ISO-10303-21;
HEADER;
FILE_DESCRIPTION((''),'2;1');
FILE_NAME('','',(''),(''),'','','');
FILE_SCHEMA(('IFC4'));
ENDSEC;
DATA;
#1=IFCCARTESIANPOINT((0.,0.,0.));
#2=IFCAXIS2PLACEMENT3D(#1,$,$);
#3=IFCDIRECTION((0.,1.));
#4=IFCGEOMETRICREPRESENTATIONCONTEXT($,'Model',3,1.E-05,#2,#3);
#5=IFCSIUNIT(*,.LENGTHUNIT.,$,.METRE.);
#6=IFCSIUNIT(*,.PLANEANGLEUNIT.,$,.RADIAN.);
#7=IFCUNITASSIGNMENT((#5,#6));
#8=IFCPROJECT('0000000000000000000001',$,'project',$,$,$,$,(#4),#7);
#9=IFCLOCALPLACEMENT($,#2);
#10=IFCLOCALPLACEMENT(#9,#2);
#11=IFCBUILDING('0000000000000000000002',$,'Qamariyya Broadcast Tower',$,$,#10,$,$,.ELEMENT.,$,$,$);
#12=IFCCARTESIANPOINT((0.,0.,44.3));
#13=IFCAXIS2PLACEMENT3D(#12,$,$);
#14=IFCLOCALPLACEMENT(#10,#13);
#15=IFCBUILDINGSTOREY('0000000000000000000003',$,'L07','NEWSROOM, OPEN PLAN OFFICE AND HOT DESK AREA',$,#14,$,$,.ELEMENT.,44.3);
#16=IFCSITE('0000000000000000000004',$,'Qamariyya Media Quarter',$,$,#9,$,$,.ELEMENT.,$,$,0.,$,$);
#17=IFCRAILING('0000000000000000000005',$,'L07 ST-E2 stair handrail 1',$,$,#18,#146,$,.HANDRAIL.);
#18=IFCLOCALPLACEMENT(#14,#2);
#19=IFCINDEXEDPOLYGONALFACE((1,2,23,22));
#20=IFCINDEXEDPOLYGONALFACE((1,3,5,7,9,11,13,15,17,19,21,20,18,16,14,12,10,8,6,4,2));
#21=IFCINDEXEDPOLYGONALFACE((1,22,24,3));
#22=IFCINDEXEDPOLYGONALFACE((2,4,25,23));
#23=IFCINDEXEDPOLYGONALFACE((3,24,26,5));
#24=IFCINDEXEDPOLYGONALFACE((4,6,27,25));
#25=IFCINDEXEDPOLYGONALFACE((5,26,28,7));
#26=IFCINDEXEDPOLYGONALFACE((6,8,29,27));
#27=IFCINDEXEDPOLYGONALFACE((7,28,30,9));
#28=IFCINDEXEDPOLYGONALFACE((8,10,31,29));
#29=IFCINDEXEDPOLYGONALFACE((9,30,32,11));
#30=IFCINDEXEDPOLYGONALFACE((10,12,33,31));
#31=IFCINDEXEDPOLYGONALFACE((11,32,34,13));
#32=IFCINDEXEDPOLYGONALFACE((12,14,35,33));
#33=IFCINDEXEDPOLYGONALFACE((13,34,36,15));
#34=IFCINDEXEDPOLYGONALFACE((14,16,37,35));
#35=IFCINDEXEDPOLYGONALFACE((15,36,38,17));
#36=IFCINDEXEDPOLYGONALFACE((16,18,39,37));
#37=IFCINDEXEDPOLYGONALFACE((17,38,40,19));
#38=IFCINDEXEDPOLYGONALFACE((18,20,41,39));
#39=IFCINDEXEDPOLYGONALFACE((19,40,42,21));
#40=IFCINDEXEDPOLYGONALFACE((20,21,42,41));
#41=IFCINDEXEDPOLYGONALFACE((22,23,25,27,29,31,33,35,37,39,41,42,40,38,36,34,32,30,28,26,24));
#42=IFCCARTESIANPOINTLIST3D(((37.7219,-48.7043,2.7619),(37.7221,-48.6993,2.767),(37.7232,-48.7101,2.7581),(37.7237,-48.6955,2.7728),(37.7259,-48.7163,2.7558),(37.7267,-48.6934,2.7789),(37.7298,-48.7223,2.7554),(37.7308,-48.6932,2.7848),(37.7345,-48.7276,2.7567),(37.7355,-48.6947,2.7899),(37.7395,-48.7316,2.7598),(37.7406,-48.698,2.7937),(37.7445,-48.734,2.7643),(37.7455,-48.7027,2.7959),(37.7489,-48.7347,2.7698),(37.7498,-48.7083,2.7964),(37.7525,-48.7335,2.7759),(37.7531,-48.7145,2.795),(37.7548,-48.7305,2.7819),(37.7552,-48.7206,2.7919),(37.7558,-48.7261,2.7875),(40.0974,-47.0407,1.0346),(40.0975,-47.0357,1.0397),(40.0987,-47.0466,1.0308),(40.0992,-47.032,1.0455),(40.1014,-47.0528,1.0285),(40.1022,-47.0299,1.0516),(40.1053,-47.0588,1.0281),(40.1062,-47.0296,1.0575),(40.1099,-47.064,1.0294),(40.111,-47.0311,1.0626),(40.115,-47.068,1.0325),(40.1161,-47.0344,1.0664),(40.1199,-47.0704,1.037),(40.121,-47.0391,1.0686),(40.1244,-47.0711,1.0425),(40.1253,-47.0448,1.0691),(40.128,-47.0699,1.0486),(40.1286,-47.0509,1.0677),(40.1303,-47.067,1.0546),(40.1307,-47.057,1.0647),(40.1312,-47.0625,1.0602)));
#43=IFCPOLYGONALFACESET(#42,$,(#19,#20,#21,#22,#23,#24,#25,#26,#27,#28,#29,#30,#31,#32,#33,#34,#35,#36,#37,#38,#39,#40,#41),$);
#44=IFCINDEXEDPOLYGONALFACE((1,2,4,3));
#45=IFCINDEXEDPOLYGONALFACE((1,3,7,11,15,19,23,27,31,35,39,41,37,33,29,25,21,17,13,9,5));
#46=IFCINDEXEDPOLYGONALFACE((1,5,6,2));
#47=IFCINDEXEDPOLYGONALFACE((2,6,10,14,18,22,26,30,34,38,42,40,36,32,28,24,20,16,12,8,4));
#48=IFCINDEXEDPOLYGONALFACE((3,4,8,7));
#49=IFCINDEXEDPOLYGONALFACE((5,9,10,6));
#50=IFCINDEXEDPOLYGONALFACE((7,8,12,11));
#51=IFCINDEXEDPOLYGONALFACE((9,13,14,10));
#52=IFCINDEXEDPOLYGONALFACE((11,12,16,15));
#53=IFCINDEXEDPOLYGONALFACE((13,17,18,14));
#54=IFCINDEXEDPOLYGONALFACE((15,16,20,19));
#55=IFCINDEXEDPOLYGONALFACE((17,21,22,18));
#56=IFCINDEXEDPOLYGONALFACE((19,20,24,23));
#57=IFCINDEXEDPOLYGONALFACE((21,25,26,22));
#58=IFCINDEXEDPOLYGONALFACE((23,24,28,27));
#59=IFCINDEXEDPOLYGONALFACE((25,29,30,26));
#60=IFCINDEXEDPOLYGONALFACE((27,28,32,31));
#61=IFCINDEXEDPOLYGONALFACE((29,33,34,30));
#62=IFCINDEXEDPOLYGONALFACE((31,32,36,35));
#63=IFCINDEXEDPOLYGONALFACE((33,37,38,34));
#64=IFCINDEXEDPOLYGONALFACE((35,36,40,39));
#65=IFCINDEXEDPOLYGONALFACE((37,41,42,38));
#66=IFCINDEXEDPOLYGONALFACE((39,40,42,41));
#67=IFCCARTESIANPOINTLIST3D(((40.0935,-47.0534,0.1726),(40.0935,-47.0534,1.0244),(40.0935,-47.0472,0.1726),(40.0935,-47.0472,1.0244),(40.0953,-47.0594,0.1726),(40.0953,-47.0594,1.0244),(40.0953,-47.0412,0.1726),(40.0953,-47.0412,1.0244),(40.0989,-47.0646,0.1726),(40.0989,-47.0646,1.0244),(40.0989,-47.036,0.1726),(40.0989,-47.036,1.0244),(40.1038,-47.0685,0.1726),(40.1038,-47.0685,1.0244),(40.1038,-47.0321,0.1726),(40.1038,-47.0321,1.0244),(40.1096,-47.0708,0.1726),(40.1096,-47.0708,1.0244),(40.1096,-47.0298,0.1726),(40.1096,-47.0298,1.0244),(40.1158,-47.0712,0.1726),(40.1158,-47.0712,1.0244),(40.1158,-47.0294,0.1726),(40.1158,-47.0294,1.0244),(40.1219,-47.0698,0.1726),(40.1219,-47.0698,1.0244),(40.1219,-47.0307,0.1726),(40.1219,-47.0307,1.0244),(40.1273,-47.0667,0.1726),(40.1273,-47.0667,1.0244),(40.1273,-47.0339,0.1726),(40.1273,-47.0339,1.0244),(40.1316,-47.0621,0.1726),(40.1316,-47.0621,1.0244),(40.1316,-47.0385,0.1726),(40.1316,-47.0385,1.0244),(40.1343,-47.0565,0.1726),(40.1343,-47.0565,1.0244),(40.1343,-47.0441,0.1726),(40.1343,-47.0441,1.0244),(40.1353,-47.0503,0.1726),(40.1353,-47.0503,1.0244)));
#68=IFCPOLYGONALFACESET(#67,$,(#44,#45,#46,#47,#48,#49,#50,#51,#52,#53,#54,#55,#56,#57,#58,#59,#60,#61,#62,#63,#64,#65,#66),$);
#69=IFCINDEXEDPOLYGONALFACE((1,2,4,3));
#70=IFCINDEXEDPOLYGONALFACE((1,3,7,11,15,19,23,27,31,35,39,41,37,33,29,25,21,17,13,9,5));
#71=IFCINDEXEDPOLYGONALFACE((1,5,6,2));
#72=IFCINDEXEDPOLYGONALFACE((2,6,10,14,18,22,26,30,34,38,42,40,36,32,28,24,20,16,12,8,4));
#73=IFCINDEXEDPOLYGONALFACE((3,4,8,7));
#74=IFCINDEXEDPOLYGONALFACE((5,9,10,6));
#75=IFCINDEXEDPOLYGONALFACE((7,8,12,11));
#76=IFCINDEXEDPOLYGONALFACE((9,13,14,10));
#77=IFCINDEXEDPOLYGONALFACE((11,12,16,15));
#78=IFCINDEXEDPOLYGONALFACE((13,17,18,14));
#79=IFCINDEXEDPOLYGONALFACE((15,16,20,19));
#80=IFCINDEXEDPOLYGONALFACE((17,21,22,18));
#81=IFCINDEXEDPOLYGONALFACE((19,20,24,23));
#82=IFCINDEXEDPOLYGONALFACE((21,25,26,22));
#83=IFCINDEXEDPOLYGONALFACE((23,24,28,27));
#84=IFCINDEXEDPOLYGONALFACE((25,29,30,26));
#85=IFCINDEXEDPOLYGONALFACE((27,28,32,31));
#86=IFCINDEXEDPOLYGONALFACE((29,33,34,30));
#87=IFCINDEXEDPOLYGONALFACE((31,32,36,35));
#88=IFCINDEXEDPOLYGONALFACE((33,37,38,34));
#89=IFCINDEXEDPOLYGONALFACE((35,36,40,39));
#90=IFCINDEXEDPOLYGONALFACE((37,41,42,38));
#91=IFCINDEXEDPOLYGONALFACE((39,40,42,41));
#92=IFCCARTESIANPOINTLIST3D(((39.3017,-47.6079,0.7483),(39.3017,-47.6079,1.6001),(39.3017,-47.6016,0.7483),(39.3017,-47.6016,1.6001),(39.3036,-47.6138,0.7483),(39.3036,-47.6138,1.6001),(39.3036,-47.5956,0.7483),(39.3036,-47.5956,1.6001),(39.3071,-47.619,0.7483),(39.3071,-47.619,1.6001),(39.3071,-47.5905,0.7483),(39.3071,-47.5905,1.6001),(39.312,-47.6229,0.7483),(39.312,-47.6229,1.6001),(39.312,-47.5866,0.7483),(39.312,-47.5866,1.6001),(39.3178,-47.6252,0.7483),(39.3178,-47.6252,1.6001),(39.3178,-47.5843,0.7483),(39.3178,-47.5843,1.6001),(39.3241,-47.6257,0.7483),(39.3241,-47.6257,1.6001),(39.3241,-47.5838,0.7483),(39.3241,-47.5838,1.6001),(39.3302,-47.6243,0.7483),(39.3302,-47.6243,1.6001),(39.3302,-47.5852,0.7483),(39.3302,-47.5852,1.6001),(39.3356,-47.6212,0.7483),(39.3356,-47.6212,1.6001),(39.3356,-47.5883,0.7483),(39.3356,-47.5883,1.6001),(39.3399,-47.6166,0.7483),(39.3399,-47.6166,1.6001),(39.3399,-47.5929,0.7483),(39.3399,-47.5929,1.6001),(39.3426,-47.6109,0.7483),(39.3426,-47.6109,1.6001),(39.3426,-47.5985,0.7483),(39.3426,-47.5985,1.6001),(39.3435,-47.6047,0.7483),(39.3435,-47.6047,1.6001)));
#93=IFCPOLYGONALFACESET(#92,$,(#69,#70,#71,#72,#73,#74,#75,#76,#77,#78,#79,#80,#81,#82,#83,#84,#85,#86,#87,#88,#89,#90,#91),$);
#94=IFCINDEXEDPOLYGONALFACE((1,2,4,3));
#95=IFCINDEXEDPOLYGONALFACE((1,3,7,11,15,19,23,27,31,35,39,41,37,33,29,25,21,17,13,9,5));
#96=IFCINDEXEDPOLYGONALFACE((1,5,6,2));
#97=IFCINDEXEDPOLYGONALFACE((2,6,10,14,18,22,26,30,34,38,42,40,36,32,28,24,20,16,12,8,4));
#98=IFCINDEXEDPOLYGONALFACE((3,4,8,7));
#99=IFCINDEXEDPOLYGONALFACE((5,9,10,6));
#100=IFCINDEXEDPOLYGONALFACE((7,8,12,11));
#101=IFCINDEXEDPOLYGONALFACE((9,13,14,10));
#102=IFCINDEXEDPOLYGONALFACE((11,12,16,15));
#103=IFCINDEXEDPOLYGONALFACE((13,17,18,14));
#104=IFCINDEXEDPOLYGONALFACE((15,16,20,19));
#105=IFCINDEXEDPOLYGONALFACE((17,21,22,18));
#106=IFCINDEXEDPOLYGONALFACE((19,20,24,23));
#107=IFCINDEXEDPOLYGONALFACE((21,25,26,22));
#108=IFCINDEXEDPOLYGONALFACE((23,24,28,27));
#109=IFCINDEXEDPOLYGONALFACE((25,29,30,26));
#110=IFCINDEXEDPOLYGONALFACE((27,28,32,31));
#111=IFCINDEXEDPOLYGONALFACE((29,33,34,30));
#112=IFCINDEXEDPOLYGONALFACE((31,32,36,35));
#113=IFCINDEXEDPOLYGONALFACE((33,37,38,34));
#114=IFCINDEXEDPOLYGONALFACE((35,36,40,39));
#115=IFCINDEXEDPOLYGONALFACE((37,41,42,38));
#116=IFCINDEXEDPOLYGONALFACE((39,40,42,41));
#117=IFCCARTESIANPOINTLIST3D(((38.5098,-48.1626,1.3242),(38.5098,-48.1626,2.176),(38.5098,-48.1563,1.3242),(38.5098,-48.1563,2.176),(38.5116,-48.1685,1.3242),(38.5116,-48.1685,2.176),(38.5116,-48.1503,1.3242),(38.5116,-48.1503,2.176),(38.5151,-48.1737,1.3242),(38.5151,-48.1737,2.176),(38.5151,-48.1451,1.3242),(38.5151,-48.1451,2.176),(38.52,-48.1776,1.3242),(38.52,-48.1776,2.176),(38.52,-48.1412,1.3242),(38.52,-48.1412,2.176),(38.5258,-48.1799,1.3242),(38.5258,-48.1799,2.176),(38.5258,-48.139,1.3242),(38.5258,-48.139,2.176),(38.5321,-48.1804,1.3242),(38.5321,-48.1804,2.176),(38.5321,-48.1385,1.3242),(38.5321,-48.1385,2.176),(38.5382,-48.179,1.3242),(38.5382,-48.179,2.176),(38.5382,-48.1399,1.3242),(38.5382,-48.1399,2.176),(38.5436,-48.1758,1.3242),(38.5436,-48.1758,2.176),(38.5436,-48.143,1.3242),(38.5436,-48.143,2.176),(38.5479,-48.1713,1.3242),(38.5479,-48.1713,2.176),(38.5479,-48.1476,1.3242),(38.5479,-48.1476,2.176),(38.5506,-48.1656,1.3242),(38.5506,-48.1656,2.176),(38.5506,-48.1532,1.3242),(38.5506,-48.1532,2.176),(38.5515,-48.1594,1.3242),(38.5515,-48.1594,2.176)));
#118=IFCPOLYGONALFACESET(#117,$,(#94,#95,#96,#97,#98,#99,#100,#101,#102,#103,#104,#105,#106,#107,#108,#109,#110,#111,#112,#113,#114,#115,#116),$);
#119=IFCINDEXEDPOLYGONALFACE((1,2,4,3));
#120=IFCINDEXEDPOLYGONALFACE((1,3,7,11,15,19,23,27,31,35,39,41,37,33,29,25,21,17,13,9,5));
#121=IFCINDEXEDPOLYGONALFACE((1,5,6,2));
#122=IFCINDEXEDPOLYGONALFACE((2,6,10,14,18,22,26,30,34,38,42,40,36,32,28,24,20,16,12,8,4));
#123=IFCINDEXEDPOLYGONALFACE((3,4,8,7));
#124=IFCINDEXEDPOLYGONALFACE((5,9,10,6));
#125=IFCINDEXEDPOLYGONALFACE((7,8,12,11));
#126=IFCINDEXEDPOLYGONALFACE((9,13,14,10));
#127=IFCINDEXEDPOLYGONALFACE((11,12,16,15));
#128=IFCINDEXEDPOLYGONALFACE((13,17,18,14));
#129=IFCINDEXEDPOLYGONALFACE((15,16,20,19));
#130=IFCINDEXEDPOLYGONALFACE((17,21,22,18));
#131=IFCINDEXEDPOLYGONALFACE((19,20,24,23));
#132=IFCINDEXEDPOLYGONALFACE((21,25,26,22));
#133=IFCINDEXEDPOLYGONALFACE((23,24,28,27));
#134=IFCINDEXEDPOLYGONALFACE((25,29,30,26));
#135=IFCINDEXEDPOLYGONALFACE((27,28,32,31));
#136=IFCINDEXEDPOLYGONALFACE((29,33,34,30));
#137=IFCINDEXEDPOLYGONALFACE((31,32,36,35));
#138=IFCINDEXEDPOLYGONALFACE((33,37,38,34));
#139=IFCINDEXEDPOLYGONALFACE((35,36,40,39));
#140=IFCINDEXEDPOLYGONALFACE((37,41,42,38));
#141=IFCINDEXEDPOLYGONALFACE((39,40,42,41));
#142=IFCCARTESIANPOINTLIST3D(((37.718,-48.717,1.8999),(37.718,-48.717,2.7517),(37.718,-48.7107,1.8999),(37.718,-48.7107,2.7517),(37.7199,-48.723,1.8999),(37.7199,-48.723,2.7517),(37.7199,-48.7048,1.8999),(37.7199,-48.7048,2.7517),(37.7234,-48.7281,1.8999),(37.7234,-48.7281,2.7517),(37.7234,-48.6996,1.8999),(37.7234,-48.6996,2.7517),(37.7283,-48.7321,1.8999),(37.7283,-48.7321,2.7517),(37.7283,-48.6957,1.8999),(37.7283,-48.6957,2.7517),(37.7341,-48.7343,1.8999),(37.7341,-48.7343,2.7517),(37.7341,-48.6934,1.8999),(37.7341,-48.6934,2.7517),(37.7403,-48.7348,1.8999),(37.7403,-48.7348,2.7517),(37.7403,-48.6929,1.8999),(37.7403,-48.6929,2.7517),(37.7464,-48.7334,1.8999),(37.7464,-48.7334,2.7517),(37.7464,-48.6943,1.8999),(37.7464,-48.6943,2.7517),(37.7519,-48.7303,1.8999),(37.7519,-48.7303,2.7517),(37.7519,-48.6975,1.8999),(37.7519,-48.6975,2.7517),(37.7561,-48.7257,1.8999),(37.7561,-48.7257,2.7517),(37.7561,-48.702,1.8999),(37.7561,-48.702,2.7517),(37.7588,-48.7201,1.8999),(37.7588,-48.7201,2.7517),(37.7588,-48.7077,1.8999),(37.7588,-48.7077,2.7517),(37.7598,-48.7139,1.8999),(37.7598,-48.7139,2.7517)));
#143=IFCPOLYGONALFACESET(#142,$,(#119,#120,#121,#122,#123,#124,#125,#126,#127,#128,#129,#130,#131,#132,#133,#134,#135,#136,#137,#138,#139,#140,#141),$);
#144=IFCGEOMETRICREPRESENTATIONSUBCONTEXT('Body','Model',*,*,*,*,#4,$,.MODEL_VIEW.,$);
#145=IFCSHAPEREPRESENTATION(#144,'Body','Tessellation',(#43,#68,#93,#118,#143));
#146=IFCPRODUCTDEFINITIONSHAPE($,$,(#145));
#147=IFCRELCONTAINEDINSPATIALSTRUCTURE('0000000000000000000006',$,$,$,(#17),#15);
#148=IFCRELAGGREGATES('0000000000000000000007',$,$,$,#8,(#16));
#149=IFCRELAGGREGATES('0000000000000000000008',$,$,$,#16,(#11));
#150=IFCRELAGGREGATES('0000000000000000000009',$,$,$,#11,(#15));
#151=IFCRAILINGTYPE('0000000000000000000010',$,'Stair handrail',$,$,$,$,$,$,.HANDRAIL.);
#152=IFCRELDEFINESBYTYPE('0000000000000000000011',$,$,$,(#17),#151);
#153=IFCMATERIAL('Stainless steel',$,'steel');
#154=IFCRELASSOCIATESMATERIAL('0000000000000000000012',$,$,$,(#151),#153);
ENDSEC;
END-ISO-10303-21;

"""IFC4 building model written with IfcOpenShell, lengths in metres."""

from ifc_helpers import new_model, si_unit, direction, frame, origin, origin_2d, place, context, subcontext, project, spatial, circle, extrude, material, type_object, element, save


model = new_model("IFC4")

# Units and contexts
model_context = context("Model", 3, precision=1e-05, world=origin(), true_north=direction((0.0, 1.0)))
body_context = subcontext(model_context, "Body", "Model", "MODEL_VIEW")
ifc_project = project(units=[si_unit("LENGTHUNIT", "METRE"), si_unit("PLANEANGLEUNIT", "RADIAN")], contexts=[model_context])

# Site, building, storey
site_placement = place(None, origin())
site = spatial("IfcSite", under=ifc_project, at=site_placement, Name="Qamariyya Media Quarter", CompositionType="ELEMENT", RefElevation=0.0)
building_placement = place(site_placement, origin())
building = spatial("IfcBuilding", under=site, at=building_placement, Name="Qamariyya Broadcast Tower", CompositionType="ELEMENT")
storey_placement = place(building_placement, frame((0.0, 0.0, 44.3)))
storey = spatial("IfcBuildingStorey", under=building, at=storey_placement, Name="L07", Description="NEWSROOM, OPEN PLAN OFFICE AND HOT DESK AREA", CompositionType="ELEMENT", Elevation=44.3)

# Railing
ifc_material_1 = material(Name="Stainless steel", Category="steel")
railing_type_1 = type_object("IfcRailingType", Name="Stair handrail", PredefinedType="HANDRAIL", material=ifc_material_1)
railing_1_placement = place(storey_placement, frame((40.1143, -47.0503, 0.1726)))
element("IfcRailing", 1, at=railing_1_placement, inside=storey, type_object=railing_type_1, Name="L07 ST-E2 stair handrail 1", PredefinedType="HANDRAIL", context=body_context, shape_type="SweptSolid", body=[
    extrude(circle(Radius=0.0239, at=origin_2d()), frame((0.0, 0.0, 0.876), z_axis=(-0.703745, -0.492838, 0.511716), x_axis=(0.573632, -0.819113, 0.0)), (0.0, 0.0, 1.0), 3.3755),
    extrude(circle(Radius=0.021, at=origin_2d()), origin(), (0.0, 0.0, 1.0), 0.8518),
    extrude(circle(Radius=0.021, at=origin_2d()), frame((-0.7917, -0.5544, 0.5757)), (0.0, 0.0, 1.0), 0.8518),
    extrude(circle(Radius=0.021, at=origin_2d()), frame((-1.5837, -1.1091, 1.1516)), (0.0, 0.0, 1.0), 0.8518),
    extrude(circle(Radius=0.021, at=origin_2d()), frame((-2.3755, -1.6636, 1.7273)), (0.0, 0.0, 1.0), 0.8518),
])

save(model, "model.ifc")
